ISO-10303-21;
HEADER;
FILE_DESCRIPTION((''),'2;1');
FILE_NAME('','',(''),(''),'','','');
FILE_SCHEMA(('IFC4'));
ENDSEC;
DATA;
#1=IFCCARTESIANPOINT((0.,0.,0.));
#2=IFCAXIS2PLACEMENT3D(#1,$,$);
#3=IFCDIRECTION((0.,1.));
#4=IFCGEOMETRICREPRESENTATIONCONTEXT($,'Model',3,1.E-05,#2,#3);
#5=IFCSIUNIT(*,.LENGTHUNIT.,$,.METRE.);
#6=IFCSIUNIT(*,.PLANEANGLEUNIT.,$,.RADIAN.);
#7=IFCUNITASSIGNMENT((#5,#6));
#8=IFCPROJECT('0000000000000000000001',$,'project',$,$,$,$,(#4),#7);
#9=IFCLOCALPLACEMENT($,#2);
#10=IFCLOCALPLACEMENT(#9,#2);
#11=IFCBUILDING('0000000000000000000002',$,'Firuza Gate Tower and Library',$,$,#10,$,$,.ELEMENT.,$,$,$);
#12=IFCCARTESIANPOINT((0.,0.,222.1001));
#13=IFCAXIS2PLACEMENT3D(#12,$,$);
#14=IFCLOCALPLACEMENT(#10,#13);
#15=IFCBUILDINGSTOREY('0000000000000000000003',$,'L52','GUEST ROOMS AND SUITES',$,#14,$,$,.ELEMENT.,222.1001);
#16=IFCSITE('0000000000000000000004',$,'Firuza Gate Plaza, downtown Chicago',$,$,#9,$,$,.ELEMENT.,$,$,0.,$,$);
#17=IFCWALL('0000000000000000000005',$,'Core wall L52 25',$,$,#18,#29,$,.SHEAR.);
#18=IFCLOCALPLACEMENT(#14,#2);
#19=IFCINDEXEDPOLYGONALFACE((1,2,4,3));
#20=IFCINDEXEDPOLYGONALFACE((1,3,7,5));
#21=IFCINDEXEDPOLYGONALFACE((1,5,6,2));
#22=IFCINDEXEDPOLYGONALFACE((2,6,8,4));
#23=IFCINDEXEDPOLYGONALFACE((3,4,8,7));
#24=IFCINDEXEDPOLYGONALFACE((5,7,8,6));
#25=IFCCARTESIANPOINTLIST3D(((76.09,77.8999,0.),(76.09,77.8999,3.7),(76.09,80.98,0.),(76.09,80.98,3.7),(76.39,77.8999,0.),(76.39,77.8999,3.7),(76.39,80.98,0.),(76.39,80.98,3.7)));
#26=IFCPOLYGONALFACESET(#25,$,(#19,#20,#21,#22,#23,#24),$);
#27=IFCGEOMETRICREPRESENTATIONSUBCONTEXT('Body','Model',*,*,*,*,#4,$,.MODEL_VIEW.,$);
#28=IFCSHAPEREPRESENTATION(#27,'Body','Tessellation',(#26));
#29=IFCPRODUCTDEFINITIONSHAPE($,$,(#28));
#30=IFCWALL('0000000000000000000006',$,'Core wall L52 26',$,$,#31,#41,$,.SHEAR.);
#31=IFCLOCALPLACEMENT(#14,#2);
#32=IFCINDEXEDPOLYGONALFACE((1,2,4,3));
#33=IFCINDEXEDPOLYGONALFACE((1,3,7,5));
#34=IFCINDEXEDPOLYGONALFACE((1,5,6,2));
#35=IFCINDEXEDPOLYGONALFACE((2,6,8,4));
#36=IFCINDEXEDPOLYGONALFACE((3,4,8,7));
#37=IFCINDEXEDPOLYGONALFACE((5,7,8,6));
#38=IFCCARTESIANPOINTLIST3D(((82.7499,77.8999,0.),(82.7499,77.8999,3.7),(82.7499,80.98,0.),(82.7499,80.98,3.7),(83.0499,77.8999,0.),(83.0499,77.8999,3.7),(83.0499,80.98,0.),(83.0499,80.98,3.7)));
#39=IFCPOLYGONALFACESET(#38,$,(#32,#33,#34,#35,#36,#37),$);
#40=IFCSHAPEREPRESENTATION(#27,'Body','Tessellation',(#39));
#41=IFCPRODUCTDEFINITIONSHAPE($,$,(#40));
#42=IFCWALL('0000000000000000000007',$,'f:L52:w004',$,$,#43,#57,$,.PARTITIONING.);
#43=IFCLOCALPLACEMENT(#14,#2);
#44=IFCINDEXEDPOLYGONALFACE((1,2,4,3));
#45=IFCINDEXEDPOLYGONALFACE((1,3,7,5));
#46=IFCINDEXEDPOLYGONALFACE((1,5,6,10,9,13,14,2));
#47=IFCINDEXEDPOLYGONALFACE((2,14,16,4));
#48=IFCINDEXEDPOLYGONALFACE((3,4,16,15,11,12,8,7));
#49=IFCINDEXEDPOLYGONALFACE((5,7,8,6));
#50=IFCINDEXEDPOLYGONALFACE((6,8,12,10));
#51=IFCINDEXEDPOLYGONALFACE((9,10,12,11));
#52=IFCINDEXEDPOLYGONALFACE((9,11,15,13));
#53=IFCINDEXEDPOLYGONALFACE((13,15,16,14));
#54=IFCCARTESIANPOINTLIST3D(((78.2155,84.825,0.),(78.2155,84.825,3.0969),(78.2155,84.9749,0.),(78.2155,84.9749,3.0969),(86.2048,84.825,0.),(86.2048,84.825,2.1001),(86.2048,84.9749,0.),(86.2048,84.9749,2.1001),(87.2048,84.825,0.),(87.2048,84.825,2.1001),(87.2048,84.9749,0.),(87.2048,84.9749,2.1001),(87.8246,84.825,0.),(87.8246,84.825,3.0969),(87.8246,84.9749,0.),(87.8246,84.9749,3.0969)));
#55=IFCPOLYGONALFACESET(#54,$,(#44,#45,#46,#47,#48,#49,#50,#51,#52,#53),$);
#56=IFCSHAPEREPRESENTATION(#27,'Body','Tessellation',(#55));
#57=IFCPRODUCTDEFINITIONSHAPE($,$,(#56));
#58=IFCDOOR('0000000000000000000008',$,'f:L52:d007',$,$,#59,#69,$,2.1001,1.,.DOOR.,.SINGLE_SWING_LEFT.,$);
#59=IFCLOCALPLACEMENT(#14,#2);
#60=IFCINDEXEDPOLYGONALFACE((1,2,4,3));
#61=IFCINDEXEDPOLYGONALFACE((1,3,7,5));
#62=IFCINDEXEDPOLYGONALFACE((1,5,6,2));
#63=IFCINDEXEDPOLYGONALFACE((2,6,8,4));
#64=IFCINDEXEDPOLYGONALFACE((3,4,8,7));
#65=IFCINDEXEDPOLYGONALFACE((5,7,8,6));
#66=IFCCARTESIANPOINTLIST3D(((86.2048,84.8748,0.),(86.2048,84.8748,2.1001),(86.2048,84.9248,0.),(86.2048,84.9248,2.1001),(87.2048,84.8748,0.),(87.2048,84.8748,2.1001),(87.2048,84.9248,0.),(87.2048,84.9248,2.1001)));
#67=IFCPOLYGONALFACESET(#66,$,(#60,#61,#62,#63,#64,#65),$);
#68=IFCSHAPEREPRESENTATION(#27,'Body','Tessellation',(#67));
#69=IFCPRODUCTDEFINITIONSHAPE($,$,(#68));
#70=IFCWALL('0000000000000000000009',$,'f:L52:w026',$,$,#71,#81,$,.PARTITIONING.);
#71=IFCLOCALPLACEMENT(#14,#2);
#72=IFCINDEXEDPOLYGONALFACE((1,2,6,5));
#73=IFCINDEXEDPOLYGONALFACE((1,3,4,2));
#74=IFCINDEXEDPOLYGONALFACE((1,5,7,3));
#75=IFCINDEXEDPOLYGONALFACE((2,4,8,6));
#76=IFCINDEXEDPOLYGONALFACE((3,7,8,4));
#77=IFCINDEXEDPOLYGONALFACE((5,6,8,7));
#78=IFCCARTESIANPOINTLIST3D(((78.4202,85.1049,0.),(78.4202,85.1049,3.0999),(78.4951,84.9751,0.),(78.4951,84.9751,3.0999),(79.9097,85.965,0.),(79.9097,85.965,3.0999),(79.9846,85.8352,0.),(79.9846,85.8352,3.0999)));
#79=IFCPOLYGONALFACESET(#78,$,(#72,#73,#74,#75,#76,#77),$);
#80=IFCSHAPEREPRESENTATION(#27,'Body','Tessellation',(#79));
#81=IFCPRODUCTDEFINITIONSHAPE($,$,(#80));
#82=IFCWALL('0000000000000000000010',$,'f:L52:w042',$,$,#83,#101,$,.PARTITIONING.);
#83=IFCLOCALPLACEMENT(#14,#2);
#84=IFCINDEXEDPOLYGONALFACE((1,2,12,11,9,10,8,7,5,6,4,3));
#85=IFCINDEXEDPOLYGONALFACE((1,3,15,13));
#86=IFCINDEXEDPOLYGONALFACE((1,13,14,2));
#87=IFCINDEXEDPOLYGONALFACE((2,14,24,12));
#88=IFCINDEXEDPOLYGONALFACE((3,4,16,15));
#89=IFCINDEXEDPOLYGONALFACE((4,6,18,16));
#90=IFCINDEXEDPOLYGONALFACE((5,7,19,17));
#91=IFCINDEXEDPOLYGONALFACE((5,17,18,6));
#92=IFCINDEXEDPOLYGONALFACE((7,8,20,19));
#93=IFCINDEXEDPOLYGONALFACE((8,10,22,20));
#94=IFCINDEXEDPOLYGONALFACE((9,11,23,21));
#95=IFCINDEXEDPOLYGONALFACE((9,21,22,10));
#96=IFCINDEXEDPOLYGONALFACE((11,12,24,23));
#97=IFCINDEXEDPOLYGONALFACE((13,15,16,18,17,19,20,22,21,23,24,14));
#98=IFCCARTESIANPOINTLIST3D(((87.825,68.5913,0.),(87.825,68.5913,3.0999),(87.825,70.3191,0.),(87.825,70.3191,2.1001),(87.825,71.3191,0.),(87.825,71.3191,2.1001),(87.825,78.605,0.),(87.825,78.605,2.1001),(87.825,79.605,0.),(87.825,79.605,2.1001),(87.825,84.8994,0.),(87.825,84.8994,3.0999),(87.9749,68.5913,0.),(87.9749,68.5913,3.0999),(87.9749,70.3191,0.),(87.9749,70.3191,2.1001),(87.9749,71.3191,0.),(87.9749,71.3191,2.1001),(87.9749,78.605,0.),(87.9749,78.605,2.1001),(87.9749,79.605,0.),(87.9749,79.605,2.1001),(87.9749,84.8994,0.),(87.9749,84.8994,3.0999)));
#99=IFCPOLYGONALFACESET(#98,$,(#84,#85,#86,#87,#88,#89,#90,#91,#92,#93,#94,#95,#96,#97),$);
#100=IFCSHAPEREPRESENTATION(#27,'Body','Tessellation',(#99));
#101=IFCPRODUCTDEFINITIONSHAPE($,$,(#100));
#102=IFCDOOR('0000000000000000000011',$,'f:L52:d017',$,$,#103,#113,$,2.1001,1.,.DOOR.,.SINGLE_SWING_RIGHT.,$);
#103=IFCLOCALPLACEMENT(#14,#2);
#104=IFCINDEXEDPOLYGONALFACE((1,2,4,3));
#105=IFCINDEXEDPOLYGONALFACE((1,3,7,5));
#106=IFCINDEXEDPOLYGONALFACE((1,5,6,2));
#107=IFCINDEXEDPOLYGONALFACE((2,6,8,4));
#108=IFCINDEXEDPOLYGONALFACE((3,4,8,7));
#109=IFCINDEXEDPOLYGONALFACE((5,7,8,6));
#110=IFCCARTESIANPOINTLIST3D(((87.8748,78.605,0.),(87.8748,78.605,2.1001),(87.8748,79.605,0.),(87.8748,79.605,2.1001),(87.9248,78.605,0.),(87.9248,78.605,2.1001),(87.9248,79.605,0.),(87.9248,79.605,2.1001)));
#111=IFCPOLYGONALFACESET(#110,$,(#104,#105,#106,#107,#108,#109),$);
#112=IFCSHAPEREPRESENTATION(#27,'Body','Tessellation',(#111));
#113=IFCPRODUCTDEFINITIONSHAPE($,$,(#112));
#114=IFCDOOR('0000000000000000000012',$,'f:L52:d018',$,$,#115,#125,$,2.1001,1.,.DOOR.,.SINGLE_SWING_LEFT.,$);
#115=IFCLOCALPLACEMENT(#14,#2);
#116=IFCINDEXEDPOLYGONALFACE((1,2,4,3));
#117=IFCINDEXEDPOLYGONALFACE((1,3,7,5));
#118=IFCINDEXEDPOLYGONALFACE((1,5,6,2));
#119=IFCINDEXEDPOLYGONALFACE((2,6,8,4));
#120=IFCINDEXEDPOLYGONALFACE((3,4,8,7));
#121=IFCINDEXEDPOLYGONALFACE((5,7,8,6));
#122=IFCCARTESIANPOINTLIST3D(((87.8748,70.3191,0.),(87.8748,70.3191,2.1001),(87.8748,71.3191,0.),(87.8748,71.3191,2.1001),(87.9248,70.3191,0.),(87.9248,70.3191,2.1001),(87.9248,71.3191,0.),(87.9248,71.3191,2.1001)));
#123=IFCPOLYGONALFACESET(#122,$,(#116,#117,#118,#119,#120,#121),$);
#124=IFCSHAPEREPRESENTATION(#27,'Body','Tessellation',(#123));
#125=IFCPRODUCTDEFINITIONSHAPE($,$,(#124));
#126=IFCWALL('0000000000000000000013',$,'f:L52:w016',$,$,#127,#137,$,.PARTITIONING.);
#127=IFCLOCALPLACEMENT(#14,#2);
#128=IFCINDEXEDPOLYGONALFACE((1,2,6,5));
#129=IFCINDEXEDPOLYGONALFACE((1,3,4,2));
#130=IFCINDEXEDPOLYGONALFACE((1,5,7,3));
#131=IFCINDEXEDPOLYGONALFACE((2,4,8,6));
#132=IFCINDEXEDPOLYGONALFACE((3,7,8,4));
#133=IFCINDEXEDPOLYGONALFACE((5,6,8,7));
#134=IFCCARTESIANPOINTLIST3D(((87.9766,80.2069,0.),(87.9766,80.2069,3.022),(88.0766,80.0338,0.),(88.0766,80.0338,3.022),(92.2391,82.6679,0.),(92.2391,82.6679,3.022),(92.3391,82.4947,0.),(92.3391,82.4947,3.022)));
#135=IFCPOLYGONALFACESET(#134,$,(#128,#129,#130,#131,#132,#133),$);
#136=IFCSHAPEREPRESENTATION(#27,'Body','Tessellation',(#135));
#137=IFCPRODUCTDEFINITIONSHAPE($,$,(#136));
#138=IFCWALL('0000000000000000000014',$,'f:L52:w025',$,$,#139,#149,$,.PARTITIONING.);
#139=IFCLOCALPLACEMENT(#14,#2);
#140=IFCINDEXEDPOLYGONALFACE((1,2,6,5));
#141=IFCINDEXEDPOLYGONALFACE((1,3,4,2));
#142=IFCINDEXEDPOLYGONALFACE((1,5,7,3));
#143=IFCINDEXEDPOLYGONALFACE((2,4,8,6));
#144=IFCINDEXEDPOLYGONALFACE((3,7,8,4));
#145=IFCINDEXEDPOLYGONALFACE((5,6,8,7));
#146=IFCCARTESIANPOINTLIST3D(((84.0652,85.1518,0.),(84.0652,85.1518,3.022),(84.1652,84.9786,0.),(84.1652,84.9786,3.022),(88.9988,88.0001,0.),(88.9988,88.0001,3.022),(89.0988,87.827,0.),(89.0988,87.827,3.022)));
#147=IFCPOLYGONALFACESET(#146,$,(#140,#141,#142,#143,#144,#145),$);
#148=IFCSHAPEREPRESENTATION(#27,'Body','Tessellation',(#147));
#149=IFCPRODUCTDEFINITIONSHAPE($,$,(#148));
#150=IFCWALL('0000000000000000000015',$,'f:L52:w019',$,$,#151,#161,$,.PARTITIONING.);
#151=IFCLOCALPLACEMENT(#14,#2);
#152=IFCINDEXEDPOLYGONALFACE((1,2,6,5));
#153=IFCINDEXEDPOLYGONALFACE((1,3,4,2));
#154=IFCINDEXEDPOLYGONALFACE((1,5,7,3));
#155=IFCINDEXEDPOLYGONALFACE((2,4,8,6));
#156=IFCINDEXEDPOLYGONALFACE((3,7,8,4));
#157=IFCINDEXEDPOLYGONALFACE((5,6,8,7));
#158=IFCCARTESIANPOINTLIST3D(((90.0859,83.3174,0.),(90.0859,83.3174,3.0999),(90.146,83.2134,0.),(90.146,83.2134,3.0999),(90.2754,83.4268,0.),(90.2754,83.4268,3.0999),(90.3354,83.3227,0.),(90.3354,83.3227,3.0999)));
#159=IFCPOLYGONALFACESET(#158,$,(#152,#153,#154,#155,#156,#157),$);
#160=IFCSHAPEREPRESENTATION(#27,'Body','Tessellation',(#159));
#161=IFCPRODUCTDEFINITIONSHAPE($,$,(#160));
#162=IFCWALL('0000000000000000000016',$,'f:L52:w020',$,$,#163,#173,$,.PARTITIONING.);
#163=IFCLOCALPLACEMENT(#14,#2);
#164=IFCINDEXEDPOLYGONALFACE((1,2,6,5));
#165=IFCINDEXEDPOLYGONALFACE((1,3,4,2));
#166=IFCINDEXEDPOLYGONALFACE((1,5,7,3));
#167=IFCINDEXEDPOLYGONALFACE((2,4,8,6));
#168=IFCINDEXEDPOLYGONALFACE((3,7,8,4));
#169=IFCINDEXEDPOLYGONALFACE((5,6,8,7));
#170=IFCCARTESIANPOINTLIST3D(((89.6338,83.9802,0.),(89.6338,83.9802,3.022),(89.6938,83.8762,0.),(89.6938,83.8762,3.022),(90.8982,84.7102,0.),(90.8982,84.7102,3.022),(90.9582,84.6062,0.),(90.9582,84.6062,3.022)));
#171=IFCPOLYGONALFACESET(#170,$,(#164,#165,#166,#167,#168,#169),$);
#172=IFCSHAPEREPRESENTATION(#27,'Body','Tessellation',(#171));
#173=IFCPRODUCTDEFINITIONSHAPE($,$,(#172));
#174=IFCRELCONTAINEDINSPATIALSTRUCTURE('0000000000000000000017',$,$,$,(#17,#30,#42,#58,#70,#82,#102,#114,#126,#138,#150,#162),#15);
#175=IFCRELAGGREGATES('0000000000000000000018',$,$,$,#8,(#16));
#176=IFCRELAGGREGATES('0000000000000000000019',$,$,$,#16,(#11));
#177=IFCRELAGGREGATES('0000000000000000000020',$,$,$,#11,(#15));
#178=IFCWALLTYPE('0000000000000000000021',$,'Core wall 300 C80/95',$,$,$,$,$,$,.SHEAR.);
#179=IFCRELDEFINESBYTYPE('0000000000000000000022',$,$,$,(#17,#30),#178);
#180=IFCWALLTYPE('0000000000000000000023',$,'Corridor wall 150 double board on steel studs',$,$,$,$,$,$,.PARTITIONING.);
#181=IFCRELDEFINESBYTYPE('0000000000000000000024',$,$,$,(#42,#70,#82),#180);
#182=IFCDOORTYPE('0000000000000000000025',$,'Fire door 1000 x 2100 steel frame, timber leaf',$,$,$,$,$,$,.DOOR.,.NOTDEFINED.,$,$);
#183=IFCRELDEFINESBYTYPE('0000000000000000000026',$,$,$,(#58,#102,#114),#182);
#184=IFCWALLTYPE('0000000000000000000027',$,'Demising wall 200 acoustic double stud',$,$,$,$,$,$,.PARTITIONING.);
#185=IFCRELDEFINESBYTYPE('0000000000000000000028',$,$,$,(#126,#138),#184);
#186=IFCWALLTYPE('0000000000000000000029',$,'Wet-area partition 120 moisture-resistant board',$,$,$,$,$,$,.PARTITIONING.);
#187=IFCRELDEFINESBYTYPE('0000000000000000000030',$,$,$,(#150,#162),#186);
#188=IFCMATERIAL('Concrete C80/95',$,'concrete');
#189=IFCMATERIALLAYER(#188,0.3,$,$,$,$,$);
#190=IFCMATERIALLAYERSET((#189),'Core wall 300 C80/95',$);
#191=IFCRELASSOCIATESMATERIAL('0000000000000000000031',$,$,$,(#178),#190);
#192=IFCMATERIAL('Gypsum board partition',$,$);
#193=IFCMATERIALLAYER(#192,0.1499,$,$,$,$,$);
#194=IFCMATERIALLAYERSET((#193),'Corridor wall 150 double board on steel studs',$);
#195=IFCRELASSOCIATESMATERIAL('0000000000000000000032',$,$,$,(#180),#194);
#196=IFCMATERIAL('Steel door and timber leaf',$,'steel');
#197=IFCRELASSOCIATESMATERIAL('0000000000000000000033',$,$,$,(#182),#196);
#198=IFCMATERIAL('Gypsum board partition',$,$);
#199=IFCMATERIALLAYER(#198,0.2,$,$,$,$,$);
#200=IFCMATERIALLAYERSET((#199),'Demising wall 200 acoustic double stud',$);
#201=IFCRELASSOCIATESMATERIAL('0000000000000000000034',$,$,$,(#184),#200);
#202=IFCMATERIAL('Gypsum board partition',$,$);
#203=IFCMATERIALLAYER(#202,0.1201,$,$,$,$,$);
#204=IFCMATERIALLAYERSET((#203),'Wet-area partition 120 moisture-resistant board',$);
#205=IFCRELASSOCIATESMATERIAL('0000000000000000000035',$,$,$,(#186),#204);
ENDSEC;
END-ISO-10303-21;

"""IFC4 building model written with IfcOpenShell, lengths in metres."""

from ifc_helpers import new_model, si_unit, direction, frame, frame_2d, origin, place, context, subcontext, project, spatial, rectangle, extrude, material, layer, layer_set, type_object, element, fill, save


model = new_model("IFC4")

# Units and contexts
model_context = context("Model", 3, precision=1e-05, world=origin(), true_north=direction((0.0, 1.0)))
body_context = subcontext(model_context, "Body", "Model", "MODEL_VIEW")
ifc_project = project(units=[si_unit("LENGTHUNIT", "METRE"), si_unit("PLANEANGLEUNIT", "RADIAN")], contexts=[model_context])

# Site, building, storey
site_placement = place(None, origin())
site = spatial("IfcSite", under=ifc_project, at=site_placement, Name="Firuza Gate Plaza, downtown Chicago", CompositionType="ELEMENT", RefElevation=0.0)
building_placement = place(site_placement, origin())
building = spatial("IfcBuilding", under=site, at=building_placement, Name="Firuza Gate Tower and Library", CompositionType="ELEMENT")
storey_placement = place(building_placement, frame((0.0, 0.0, 222.1001)))
storey = spatial("IfcBuildingStorey", under=building, at=storey_placement, Name="L52", Description="GUEST ROOMS AND SUITES", CompositionType="ELEMENT", Elevation=222.1001)

# Shared definitions
ifc_material_1 = material(Name="Concrete C80/95", Category="concrete")
ifc_layer_1 = layer(ifc_material_1, 0.3)
ifc_layer_set_1 = layer_set([ifc_layer_1], Name="Core wall 300 C80/95")
wall_type_1 = type_object("IfcWallType", Name="Core wall 300 C80/95", PredefinedType="SHEAR", material=ifc_layer_set_1)

# Walls
for number, where, z_axis, x_axis, name in (
    (1, (76.24, 77.8999, 0.0), (0.0, 0.0, 1.0), (0.0, 1.0, 0.0), "Core wall L52 25"),
    (2, (82.8999, 77.8999, 0.0), (0.0, 0.0, 1.0), (0.0, 1.0, 0.0), "Core wall L52 26"),
):
    element("IfcWall", number, at=place(storey_placement, frame(where, z_axis=z_axis, x_axis=x_axis)), inside=storey, type_object=wall_type_1, Name=name, PredefinedType="SHEAR", context=body_context, shape_type="SweptSolid", body=[
        extrude(rectangle(XDim=3.0801, YDim=0.3, at=frame_2d((1.54, 0.0))), origin(), (0.0, 0.0, 1.0), 3.7),
    ])

# Wall, opening, door
ifc_material_2 = material(Name="Gypsum board partition")
ifc_layer_2 = layer(ifc_material_2, 0.1499)
ifc_layer_set_2 = layer_set([ifc_layer_2], Name="Corridor wall 150 double board on steel studs")
wall_type_2 = type_object("IfcWallType", Name="Corridor wall 150 double board on steel studs", PredefinedType="PARTITIONING", material=ifc_layer_set_2)
wall_1_placement = place(storey_placement, frame((78.2153, 84.8999, 0.0), z_axis=(0.0, 0.0, 1.0), x_axis=(1.0, 0.0, 0.0)))
wall_1 = element("IfcWall", 3, at=wall_1_placement, inside=storey, type_object=wall_type_2, Name="f:L52:w004", PredefinedType="PARTITIONING", context=body_context, shape_type="SweptSolid", body=[
    extrude(rectangle(XDim=9.6091, YDim=0.1499, at=frame_2d((4.8047, 0.0))), origin(), (0.0, 0.0, 1.0), 3.0969),
])
opening_1_placement = place(wall_1_placement, frame((7.9895, 0.0, 0.0)))
opening_1 = element("IfcOpeningElement", 4, at=opening_1_placement, cuts=wall_1, PredefinedType="OPENING", context=body_context, shape_type="SweptSolid", body=[
    extrude(rectangle(XDim=1.0, YDim=2.1001, at=frame_2d((0.5, 1.05))), frame((0.0, 0.085, 0.0), z_axis=(0.0, -1.0, 0.0), x_axis=(1.0, 0.0, 0.0)), (0.0, 0.0, 1.0), 0.1699),
])
ifc_material_3 = material(Name="Steel door and timber leaf", Category="steel")
door_type_1 = type_object("IfcDoorType", Name="Fire door 1000 x 2100 steel frame, timber leaf", OperationType="NOTDEFINED", PredefinedType="DOOR", material=ifc_material_3)
door_1_placement = place(opening_1_placement, origin())
door_1 = element("IfcDoor", 5, at=door_1_placement, inside=storey, type_object=door_type_1, Name="f:L52:d007", OperationType="SINGLE_SWING_LEFT", OverallHeight=2.1001, OverallWidth=1.0, PredefinedType="DOOR", context=body_context, shape_type="SweptSolid", body=[
    extrude(rectangle(XDim=1.0, YDim=2.1001, at=frame_2d((0.5, 1.05))), frame((0.0, 0.0249, 0.0), z_axis=(0.0, -1.0, 0.0), x_axis=(1.0, 0.0, 0.0)), (0.0, 0.0, 1.0), 0.05),
])
fill(opening_1, door_1)

# Wall
wall_2_placement = place(storey_placement, frame((78.4578, 85.04, 0.0), z_axis=(0.0, 0.0, 1.0), x_axis=(0.865989, 0.500062, 0.0)))
element("IfcWall", 6, at=wall_2_placement, inside=storey, type_object=wall_type_2, Name="f:L52:w026", PredefinedType="PARTITIONING", context=body_context, shape_type="SweptSolid", body=[
    extrude(rectangle(XDim=1.72, YDim=0.1499, at=frame_2d((0.8599, 0.0))), origin(), (0.0, 0.0, 1.0), 3.0999),
])

# Wall, openings, doors
wall_3_placement = place(storey_placement, frame((87.8999, 84.8994, 0.0), z_axis=(0.0, 0.0, 1.0), x_axis=(0.0, -1.0, 0.0)))
wall_3 = element("IfcWall", 7, at=wall_3_placement, inside=storey, type_object=wall_type_2, Name="f:L52:w042", PredefinedType="PARTITIONING", context=body_context, shape_type="SweptSolid", body=[
    extrude(rectangle(XDim=16.3081, YDim=0.1499, at=frame_2d((8.1541, 0.0))), origin(), (0.0, 0.0, 1.0), 3.0999),
])
opening_2_placement = place(wall_3_placement, frame((5.2944, 0.0, 0.0)))
opening_2 = element("IfcOpeningElement", 8, at=opening_2_placement, cuts=wall_3, PredefinedType="OPENING", context=body_context, shape_type="SweptSolid", body=[
    extrude(rectangle(XDim=1.0, YDim=2.1001, at=frame_2d((0.5, 1.05))), frame((0.0, 0.085, 0.0), z_axis=(0.0, -1.0, 0.0), x_axis=(1.0, 0.0, 0.0)), (0.0, 0.0, 1.0), 0.1699),
])
opening_3_placement = place(wall_3_placement, frame((13.5803, 0.0, 0.0)))
opening_3 = element("IfcOpeningElement", 9, at=opening_3_placement, cuts=wall_3, PredefinedType="OPENING", context=body_context, shape_type="SweptSolid", body=[
    extrude(rectangle(XDim=1.0, YDim=2.1001, at=frame_2d((0.5, 1.05))), frame((0.0, 0.085, 0.0), z_axis=(0.0, -1.0, 0.0), x_axis=(1.0, 0.0, 0.0)), (0.0, 0.0, 1.0), 0.1699),
])
door_2_placement = place(opening_2_placement, origin())
door_2 = element("IfcDoor", 10, at=door_2_placement, inside=storey, type_object=door_type_1, Name="f:L52:d017", OperationType="SINGLE_SWING_RIGHT", OverallHeight=2.1001, OverallWidth=1.0, PredefinedType="DOOR", context=body_context, shape_type="SweptSolid", body=[
    extrude(rectangle(XDim=1.0, YDim=2.1001, at=frame_2d((0.5, 1.05))), frame((0.0, 0.0249, 0.0), z_axis=(0.0, -1.0, 0.0), x_axis=(1.0, 0.0, 0.0)), (0.0, 0.0, 1.0), 0.05),
])
fill(opening_2, door_2)
door_3_placement = place(opening_3_placement, origin())
door_3 = element("IfcDoor", 11, at=door_3_placement, inside=storey, type_object=door_type_1, Name="f:L52:d018", OperationType="SINGLE_SWING_LEFT", OverallHeight=2.1001, OverallWidth=1.0, PredefinedType="DOOR", context=body_context, shape_type="SweptSolid", body=[
    extrude(rectangle(XDim=1.0, YDim=2.1001, at=frame_2d((0.5, 1.05))), frame((0.0, 0.0249, 0.0), z_axis=(0.0, -1.0, 0.0), x_axis=(1.0, 0.0, 0.0)), (0.0, 0.0, 1.0), 0.05),
])
fill(opening_3, door_3)

# Walls
ifc_material_4 = material(Name="Gypsum board partition")
ifc_layer_3 = layer(ifc_material_4, 0.2)
ifc_layer_set_3 = layer_set([ifc_layer_3], Name="Demising wall 200 acoustic double stud")
wall_type_3 = type_object("IfcWallType", Name="Demising wall 200 acoustic double stud", PredefinedType="PARTITIONING", material=ifc_layer_set_3)
wall_4_placement = place(storey_placement, frame((88.0266, 80.1204, 0.0), z_axis=(0.0, 0.0, 1.0), x_axis=(0.866025, 0.500002, 0.0)))
element("IfcWall", 12, at=wall_4_placement, inside=storey, type_object=wall_type_3, Name="f:L52:w016", PredefinedType="PARTITIONING", context=body_context, shape_type="SweptSolid", body=[
    extrude(rectangle(XDim=4.9219, YDim=0.2, at=frame_2d((2.4609, 0.0))), origin(), (0.0, 0.0, 1.0), 3.022),
])
wall_5_placement = place(storey_placement, frame((84.1152, 85.0652, 0.0), z_axis=(0.0, 0.0, 1.0), x_axis=(0.866027, 0.499997, 0.0)))
element("IfcWall", 13, at=wall_5_placement, inside=storey, type_object=wall_type_3, Name="f:L52:w025", PredefinedType="PARTITIONING", context=body_context, shape_type="SweptSolid", body=[
    extrude(rectangle(XDim=5.6968, YDim=0.2, at=frame_2d((2.8484, 0.0))), origin(), (0.0, 0.0, 1.0), 3.022),
])
ifc_material_5 = material(Name="Gypsum board partition")
ifc_layer_4 = layer(ifc_material_5, 0.1201)
ifc_layer_set_4 = layer_set([ifc_layer_4], Name="Wet-area partition 120 moisture-resistant board")
wall_type_4 = type_object("IfcWallType", Name="Wet-area partition 120 moisture-resistant board", PredefinedType="PARTITIONING", material=ifc_layer_set_4)
wall_6_placement = place(storey_placement, frame((90.116, 83.2654, 0.0), z_axis=(0.0, 0.0, 1.0), x_axis=(0.866037, 0.49998, 0.0)))
element("IfcWall", 14, at=wall_6_placement, inside=storey, type_object=wall_type_4, Name="f:L52:w019", PredefinedType="PARTITIONING", context=body_context, shape_type="SweptSolid", body=[
    extrude(rectangle(XDim=0.2188, YDim=0.1201, at=frame_2d((0.1094, 0.0))), origin(), (0.0, 0.0, 1.0), 3.0999),
])
wall_7_placement = place(storey_placement, frame((89.6638, 83.9282, 0.0), z_axis=(0.0, 0.0, 1.0), x_axis=(0.866032, 0.499988, 0.0)))
element("IfcWall", 15, at=wall_7_placement, inside=storey, type_object=wall_type_4, Name="f:L52:w020", PredefinedType="PARTITIONING", context=body_context, shape_type="SweptSolid", body=[
    extrude(rectangle(XDim=1.46, YDim=0.1201, at=frame_2d((0.73, 0.0))), origin(), (0.0, 0.0, 1.0), 3.022),
])

save(model, "model.ifc")
